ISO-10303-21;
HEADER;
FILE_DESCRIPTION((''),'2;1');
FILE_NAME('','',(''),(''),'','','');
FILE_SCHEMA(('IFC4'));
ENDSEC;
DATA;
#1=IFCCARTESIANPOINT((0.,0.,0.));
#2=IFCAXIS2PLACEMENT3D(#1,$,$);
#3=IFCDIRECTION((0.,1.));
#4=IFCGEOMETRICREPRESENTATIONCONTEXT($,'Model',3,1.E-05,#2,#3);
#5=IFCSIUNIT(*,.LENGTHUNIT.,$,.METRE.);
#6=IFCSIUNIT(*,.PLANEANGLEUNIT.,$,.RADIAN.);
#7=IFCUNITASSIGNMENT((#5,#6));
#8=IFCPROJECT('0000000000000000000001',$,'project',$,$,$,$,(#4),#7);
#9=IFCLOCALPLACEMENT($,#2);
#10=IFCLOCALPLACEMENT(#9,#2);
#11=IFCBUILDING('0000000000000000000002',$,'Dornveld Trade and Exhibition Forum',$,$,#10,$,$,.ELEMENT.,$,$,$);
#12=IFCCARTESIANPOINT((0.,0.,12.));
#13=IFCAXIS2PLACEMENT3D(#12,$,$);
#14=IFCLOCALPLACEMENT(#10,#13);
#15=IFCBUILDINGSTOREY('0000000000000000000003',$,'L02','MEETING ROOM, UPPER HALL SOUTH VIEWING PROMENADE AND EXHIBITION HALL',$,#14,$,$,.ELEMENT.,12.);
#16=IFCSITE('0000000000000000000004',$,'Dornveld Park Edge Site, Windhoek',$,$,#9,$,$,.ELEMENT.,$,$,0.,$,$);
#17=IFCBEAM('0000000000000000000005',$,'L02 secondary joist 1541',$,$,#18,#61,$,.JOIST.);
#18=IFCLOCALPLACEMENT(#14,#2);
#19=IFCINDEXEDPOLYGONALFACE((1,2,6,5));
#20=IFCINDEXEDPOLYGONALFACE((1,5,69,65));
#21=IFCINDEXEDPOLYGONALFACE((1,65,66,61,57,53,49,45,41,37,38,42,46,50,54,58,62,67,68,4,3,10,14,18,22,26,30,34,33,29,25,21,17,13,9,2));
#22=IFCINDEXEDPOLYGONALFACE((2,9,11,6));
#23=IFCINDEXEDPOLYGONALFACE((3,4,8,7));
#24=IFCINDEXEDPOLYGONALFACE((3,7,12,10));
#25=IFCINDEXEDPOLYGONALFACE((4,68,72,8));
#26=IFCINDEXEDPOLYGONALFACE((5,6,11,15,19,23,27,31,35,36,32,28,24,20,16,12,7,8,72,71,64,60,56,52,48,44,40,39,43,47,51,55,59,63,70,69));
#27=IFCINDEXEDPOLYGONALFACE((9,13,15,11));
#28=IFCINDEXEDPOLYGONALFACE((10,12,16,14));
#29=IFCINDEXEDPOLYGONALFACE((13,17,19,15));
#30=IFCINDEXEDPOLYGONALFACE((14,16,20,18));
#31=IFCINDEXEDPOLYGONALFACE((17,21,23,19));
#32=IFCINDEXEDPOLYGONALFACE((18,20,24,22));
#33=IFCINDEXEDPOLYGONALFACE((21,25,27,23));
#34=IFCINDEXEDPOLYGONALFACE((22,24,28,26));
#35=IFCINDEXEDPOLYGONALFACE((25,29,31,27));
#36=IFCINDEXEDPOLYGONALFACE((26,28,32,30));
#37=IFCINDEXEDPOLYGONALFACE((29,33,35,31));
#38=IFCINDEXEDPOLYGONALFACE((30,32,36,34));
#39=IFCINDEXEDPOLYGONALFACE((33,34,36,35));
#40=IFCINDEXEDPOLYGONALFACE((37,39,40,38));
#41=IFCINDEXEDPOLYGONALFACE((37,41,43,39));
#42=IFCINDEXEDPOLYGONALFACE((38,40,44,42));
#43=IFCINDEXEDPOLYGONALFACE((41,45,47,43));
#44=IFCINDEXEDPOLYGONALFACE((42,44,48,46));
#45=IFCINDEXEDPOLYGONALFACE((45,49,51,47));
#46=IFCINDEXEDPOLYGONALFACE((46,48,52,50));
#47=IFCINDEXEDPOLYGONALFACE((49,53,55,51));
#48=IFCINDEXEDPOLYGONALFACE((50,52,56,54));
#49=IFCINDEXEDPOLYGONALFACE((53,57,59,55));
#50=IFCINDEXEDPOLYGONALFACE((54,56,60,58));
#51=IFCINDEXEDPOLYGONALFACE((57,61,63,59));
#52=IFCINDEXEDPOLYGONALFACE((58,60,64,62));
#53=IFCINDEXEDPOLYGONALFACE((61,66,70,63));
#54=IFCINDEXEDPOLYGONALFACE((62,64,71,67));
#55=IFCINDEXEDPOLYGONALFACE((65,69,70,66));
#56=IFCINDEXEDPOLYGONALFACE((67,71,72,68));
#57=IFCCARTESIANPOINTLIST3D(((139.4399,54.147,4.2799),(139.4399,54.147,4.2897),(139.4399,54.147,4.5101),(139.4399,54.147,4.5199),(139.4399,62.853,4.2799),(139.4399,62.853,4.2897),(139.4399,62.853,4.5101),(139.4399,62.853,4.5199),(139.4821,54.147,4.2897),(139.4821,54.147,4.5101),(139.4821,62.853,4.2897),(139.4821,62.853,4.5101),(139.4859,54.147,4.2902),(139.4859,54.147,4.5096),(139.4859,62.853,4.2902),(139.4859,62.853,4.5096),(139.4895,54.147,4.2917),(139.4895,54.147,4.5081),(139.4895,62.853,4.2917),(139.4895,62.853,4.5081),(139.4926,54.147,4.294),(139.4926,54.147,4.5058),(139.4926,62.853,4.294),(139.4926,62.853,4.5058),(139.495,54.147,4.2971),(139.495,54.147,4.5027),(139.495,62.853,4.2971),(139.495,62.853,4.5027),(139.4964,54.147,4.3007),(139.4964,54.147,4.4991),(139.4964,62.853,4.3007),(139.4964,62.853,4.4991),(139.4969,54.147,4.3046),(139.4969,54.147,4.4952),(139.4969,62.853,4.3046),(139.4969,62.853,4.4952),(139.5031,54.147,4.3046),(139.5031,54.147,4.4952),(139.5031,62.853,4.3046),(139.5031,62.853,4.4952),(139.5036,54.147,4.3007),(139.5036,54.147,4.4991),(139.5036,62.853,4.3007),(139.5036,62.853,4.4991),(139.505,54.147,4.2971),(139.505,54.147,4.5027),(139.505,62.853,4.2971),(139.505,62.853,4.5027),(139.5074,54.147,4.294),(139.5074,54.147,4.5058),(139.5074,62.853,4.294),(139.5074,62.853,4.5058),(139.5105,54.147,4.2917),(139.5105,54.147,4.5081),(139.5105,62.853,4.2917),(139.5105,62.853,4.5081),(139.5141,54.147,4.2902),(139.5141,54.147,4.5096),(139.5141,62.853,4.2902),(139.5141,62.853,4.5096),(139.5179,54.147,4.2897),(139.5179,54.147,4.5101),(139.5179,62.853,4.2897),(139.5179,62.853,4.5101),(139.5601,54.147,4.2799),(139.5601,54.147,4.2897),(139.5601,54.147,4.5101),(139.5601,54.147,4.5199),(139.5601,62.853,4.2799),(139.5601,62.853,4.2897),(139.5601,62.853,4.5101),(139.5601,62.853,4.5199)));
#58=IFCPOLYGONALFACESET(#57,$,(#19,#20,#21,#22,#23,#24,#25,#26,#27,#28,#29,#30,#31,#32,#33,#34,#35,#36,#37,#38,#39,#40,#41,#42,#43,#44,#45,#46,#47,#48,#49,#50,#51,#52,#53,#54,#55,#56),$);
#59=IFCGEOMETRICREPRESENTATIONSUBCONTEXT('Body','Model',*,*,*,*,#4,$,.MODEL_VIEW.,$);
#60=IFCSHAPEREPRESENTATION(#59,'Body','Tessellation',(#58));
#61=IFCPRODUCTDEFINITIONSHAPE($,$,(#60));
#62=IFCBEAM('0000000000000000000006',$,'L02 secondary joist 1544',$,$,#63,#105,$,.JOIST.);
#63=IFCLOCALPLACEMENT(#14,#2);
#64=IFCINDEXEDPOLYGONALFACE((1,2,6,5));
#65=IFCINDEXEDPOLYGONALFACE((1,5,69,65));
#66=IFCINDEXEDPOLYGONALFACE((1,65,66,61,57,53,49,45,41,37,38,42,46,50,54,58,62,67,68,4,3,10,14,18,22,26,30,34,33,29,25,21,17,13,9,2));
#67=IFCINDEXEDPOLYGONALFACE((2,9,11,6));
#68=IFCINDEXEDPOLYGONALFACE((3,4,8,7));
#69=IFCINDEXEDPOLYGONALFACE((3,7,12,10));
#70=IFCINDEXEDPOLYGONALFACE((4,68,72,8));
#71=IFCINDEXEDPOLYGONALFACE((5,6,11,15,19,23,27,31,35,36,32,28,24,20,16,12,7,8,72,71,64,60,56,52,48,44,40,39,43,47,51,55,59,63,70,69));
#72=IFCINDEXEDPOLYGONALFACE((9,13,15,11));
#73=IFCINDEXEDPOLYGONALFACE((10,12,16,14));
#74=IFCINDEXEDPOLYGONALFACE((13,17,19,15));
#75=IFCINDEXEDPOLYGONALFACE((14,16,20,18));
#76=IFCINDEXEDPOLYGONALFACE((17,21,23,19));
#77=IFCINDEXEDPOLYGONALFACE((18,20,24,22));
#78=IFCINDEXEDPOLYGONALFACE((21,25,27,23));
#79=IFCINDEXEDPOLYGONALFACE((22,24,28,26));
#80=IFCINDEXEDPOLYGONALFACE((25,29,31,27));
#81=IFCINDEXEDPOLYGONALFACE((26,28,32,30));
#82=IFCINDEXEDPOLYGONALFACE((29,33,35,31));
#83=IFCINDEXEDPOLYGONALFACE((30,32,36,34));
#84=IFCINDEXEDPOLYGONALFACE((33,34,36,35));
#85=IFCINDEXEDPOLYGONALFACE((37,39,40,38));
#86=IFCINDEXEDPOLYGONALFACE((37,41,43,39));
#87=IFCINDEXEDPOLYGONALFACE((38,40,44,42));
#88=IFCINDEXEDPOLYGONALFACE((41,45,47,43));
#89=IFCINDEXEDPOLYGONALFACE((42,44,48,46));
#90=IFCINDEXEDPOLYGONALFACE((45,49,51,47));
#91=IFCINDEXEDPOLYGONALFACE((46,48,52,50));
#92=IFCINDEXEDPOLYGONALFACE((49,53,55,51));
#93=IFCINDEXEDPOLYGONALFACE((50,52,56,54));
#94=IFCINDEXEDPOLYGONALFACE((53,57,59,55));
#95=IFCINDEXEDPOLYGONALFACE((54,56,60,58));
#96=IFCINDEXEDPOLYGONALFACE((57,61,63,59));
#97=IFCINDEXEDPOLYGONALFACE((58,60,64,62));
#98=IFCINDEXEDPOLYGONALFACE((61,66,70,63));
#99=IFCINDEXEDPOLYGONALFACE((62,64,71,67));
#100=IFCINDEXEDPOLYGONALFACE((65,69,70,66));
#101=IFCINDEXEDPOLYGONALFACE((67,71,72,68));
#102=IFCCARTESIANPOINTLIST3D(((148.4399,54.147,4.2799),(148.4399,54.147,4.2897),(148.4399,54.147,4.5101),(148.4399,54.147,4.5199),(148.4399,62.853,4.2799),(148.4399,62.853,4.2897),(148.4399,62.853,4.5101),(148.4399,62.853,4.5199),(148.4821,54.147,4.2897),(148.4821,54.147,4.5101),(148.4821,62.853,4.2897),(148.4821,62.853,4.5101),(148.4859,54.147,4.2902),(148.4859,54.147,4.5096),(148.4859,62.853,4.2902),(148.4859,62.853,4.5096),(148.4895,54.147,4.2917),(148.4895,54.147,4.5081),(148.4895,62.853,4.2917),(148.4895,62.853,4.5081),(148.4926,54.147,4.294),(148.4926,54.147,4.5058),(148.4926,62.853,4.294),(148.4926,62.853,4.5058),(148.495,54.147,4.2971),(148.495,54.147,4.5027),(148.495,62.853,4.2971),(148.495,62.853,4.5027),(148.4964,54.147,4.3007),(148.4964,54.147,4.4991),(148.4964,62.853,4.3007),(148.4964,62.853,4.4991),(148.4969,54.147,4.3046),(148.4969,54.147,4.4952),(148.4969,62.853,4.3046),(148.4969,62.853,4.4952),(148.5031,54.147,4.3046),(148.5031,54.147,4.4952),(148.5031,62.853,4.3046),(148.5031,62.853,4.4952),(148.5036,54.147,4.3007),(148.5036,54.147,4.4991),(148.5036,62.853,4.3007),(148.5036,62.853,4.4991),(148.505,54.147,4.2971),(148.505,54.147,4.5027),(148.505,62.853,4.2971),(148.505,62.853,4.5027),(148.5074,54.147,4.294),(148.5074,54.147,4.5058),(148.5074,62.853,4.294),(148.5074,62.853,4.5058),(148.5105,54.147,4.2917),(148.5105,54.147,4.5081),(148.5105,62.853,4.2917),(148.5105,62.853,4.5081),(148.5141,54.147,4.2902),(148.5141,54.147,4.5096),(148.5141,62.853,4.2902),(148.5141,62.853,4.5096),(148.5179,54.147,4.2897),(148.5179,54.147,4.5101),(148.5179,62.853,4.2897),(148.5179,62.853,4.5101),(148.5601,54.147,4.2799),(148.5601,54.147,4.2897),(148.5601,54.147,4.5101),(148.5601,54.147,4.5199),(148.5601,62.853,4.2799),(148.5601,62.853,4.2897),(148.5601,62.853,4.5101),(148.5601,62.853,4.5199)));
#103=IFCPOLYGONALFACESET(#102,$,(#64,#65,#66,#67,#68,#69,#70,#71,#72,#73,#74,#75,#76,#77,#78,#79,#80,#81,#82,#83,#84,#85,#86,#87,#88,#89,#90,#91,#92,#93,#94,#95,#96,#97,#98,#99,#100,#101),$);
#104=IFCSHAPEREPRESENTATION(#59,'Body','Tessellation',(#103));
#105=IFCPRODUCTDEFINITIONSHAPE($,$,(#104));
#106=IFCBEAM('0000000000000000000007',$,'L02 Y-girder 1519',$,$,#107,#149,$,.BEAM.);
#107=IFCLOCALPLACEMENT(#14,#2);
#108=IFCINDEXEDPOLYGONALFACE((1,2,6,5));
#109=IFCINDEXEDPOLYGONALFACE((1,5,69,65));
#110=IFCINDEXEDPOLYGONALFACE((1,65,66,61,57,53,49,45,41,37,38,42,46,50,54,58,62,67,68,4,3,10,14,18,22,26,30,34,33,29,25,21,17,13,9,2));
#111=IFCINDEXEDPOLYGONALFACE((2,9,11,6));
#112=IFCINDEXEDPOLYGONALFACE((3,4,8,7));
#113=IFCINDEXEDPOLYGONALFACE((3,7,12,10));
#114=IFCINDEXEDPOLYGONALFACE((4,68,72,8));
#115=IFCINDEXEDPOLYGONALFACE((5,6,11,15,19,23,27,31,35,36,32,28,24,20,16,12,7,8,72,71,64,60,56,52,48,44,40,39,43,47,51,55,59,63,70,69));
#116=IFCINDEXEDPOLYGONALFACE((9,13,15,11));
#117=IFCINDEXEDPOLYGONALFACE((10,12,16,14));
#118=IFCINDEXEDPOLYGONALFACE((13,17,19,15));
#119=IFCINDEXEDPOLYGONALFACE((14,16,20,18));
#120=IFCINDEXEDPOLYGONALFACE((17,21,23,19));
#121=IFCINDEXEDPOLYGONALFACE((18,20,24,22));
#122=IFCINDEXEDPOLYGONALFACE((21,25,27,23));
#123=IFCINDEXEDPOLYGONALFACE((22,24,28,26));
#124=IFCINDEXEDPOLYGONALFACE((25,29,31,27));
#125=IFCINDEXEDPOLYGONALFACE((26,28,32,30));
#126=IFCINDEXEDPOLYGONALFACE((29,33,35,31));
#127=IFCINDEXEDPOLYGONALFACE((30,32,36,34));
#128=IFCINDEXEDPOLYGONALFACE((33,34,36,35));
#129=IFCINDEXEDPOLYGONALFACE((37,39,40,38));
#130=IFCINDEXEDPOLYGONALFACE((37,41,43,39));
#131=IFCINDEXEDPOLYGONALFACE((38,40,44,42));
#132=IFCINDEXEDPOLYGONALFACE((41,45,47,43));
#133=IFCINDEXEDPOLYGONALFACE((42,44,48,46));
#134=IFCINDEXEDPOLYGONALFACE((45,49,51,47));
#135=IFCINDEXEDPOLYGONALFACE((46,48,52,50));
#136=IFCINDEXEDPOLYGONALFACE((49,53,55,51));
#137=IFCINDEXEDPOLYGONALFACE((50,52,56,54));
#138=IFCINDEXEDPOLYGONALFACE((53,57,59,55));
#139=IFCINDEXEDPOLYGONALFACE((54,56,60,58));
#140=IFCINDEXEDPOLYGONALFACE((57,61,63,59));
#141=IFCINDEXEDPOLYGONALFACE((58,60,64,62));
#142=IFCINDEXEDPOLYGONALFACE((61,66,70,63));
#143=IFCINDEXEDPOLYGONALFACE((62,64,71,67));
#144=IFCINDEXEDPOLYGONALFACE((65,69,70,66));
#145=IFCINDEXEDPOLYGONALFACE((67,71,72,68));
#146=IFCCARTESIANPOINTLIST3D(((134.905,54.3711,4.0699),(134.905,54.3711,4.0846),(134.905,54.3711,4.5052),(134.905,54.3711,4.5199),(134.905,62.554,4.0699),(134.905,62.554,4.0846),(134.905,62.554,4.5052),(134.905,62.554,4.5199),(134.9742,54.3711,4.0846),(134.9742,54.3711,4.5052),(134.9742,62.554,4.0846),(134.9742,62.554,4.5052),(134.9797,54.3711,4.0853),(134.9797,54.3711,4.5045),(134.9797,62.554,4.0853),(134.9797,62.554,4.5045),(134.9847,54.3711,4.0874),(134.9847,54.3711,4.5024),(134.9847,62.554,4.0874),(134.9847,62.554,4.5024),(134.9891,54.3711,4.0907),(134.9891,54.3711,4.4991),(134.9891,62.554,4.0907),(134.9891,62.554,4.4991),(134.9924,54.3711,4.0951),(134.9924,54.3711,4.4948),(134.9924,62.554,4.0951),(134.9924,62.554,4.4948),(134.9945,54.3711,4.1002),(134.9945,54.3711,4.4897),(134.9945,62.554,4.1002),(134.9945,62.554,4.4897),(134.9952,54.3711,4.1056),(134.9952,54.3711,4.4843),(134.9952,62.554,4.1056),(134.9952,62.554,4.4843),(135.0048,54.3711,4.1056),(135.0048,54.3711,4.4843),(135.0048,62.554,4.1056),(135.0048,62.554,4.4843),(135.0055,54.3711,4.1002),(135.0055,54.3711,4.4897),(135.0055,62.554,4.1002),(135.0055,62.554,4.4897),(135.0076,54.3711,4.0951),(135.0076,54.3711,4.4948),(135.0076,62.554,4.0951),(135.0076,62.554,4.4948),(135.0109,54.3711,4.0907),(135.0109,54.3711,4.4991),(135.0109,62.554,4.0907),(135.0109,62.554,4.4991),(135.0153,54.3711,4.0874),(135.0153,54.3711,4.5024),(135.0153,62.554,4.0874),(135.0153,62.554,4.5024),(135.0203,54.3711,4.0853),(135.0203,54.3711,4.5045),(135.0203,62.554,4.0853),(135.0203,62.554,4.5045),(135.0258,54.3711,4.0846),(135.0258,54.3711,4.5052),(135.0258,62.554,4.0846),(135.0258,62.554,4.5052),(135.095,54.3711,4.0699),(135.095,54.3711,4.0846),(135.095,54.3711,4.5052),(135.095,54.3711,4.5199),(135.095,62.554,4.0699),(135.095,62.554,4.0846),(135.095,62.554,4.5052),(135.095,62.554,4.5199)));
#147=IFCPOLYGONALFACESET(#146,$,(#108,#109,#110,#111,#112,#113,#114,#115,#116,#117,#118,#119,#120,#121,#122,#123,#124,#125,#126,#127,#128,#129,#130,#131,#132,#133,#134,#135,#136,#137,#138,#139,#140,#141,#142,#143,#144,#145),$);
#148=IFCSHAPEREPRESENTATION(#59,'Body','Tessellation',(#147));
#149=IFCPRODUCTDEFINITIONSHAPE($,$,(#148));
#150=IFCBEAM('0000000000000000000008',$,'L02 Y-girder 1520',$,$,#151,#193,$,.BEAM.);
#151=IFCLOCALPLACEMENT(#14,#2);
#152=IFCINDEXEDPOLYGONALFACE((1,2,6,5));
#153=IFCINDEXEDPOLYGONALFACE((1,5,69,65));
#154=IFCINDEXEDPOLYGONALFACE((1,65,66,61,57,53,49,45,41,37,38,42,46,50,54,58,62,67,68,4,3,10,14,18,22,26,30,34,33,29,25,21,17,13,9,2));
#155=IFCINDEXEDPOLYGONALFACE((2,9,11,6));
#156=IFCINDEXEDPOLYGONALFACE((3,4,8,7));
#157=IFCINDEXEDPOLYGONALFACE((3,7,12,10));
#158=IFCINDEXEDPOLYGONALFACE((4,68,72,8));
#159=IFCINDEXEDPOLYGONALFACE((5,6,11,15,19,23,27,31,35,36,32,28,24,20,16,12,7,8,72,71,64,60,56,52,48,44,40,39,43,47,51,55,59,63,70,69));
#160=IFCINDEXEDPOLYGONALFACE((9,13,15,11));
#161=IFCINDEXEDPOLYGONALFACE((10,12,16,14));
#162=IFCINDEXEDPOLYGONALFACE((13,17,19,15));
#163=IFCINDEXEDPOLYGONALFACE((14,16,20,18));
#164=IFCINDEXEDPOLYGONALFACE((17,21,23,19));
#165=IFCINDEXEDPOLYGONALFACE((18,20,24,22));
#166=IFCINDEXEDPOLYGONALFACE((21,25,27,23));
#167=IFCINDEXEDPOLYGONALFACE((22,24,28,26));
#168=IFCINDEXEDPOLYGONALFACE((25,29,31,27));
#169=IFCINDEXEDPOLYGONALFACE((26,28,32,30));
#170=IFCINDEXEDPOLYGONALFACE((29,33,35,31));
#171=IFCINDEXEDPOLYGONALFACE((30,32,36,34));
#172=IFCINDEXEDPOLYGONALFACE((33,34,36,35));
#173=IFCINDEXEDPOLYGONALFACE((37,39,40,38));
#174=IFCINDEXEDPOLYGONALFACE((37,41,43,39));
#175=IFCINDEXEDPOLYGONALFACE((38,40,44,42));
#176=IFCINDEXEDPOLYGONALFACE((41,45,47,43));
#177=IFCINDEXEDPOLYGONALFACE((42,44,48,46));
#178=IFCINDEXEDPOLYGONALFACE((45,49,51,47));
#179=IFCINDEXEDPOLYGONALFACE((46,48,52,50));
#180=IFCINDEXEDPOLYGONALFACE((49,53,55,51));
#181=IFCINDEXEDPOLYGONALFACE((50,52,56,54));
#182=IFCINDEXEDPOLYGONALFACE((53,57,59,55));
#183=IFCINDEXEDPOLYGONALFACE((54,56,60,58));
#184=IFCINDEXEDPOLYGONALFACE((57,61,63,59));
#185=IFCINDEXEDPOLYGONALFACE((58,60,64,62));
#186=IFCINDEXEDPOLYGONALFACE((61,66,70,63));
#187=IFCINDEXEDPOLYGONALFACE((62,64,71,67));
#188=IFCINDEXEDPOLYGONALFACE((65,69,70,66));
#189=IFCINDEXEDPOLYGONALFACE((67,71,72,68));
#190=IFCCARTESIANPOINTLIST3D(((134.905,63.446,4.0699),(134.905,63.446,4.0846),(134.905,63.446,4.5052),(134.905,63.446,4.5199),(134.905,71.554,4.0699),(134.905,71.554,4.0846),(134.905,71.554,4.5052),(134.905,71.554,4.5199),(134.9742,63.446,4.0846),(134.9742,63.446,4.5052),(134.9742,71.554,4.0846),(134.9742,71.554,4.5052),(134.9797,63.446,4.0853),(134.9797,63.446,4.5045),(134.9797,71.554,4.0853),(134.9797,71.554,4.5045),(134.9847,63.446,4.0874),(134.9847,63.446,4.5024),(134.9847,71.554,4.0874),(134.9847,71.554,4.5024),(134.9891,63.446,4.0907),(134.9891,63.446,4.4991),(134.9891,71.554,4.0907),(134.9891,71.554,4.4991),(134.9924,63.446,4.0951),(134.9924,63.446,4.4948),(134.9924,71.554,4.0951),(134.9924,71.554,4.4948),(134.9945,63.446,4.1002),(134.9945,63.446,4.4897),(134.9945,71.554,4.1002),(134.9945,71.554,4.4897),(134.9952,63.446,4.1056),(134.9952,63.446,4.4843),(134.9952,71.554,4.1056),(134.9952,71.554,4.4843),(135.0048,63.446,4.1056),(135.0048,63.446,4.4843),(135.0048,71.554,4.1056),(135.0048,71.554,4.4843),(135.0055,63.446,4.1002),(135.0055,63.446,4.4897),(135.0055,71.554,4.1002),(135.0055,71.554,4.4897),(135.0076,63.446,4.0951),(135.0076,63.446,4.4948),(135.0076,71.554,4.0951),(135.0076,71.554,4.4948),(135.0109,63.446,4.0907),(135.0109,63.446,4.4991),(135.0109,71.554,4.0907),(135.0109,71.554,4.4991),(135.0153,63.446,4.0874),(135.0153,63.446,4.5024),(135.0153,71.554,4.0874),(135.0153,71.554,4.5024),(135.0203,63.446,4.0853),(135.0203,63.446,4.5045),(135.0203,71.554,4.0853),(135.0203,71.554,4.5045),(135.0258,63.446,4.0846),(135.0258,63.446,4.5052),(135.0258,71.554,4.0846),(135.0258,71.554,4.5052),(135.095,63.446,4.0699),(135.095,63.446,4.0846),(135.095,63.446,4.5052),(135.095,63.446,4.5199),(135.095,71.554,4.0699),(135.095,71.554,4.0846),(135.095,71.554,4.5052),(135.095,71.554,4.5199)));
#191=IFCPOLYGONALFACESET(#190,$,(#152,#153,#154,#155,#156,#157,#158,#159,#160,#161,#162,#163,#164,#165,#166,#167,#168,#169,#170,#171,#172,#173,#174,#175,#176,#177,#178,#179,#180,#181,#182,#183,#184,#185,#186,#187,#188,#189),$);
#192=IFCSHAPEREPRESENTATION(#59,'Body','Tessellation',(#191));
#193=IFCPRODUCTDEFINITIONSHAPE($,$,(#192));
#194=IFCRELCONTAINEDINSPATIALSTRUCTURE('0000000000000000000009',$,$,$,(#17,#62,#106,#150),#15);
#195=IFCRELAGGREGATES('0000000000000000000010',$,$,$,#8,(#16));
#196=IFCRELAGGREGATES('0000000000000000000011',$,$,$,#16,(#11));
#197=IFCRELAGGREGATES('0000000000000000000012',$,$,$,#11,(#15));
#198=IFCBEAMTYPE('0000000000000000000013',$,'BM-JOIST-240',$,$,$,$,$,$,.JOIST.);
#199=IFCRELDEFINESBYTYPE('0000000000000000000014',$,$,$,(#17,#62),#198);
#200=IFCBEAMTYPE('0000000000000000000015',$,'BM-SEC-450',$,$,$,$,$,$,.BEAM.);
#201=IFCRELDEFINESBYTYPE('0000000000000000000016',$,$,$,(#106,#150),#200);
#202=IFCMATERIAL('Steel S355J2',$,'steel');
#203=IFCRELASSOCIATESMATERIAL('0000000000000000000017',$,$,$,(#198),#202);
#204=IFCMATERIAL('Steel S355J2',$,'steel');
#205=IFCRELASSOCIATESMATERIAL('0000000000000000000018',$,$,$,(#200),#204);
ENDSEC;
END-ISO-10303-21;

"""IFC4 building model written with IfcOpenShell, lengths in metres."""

from ifc_helpers import new_model, si_unit, direction, frame, origin, origin_2d, place, context, subcontext, project, spatial, i_section, extrude, material, material_profile, profile_set, type_object, element, save


model = new_model("IFC4")

# Units and contexts
model_context = context("Model", 3, precision=1e-05, world=origin(), true_north=direction((0.0, 1.0)))
body_context = subcontext(model_context, "Body", "Model", "MODEL_VIEW")
ifc_project = project(units=[si_unit("LENGTHUNIT", "METRE"), si_unit("PLANEANGLEUNIT", "RADIAN")], contexts=[model_context])

# Site, building, storey
site_placement = place(None, origin())
site = spatial("IfcSite", under=ifc_project, at=site_placement, Name="Dornveld Park Edge Site, Windhoek", CompositionType="ELEMENT", RefElevation=0.0)
building_placement = place(site_placement, origin())
building = spatial("IfcBuilding", under=site, at=building_placement, Name="Dornveld Trade and Exhibition Forum", CompositionType="ELEMENT")
storey_placement = place(building_placement, frame((0.0, 0.0, 12.0)))
storey = spatial("IfcBuildingStorey", under=building, at=storey_placement, Name="L02", Description="MEETING ROOM, UPPER HALL SOUTH VIEWING PROMENADE AND EXHIBITION HALL", CompositionType="ELEMENT", Elevation=12.0)

# Beams
ifc_material_1 = material(Name="Steel S355J2", Category="steel")
ifc_material_profile_1 = material_profile(ifc_material_1, i_section(OverallWidth=0.1201, OverallDepth=0.24, WebThickness=0.0061, FlangeThickness=0.0098, FilletRadius=0.0149, at=origin_2d()), Name="IPE 240")
ifc_profile_set_1 = profile_set([ifc_material_profile_1], Name="Steel S355J2")
beam_type_1 = type_object("IfcBeamType", Name="BM-JOIST-240", PredefinedType="JOIST", material=ifc_profile_set_1)
for number, where, z_axis, x_axis, name in (
    (1, (139.5, 54.147, 4.3999), (0.0, 1.0, 0.0), (-1.0, 0.0, 0.0), "L02 secondary joist 1541"),
    (2, (148.5, 54.147, 4.3999), (0.0, 1.0, 0.0), (-1.0, 0.0, 0.0), "L02 secondary joist 1544"),
):
    element("IfcBeam", number, at=place(storey_placement, frame(where, z_axis=z_axis, x_axis=x_axis)), inside=storey, type_object=beam_type_1, Name=name, PredefinedType="JOIST", context=body_context, shape_type="SweptSolid", body=[
        extrude(i_section(OverallWidth=0.1201, OverallDepth=0.24, WebThickness=0.0061, FlangeThickness=0.0098, FilletRadius=0.0149, at=origin_2d()), origin(), (0.0, 0.0, 1.0), 8.7061),
    ])
ifc_material_2 = material(Name="Steel S355J2", Category="steel")
ifc_material_profile_2 = material_profile(ifc_material_2, i_section(OverallWidth=0.1899, OverallDepth=0.45, WebThickness=0.0095, FlangeThickness=0.0146, FilletRadius=0.021, at=origin_2d()), Name="IPE 450")
ifc_profile_set_2 = profile_set([ifc_material_profile_2], Name="Steel S355J2")
beam_type_2 = type_object("IfcBeamType", Name="BM-SEC-450", PredefinedType="BEAM", material=ifc_profile_set_2)
beam_1_placement = place(storey_placement, frame((135.0, 54.3711, 4.2949), z_axis=(0.0, 1.0, 0.0), x_axis=(-1.0, 0.0, 0.0)))
element("IfcBeam", 3, at=beam_1_placement, inside=storey, type_object=beam_type_2, Name="L02 Y-girder 1519", PredefinedType="BEAM", context=body_context, shape_type="SweptSolid", body=[
    extrude(i_section(OverallWidth=0.1899, OverallDepth=0.45, WebThickness=0.0095, FlangeThickness=0.0146, FilletRadius=0.021, at=origin_2d()), origin(), (0.0, 0.0, 1.0), 8.1829),
])
beam_2_placement = place(storey_placement, frame((135.0, 63.446, 4.2949), z_axis=(0.0, 1.0, 0.0), x_axis=(-1.0, 0.0, 0.0)))
element("IfcBeam", 4, at=beam_2_placement, inside=storey, type_object=beam_type_2, Name="L02 Y-girder 1520", PredefinedType="BEAM", context=body_context, shape_type="SweptSolid", body=[
    extrude(i_section(OverallWidth=0.1899, OverallDepth=0.45, WebThickness=0.0095, FlangeThickness=0.0146, FilletRadius=0.021, at=origin_2d()), origin(), (0.0, 0.0, 1.0), 8.1079),
])

save(model, "model.ifc")
